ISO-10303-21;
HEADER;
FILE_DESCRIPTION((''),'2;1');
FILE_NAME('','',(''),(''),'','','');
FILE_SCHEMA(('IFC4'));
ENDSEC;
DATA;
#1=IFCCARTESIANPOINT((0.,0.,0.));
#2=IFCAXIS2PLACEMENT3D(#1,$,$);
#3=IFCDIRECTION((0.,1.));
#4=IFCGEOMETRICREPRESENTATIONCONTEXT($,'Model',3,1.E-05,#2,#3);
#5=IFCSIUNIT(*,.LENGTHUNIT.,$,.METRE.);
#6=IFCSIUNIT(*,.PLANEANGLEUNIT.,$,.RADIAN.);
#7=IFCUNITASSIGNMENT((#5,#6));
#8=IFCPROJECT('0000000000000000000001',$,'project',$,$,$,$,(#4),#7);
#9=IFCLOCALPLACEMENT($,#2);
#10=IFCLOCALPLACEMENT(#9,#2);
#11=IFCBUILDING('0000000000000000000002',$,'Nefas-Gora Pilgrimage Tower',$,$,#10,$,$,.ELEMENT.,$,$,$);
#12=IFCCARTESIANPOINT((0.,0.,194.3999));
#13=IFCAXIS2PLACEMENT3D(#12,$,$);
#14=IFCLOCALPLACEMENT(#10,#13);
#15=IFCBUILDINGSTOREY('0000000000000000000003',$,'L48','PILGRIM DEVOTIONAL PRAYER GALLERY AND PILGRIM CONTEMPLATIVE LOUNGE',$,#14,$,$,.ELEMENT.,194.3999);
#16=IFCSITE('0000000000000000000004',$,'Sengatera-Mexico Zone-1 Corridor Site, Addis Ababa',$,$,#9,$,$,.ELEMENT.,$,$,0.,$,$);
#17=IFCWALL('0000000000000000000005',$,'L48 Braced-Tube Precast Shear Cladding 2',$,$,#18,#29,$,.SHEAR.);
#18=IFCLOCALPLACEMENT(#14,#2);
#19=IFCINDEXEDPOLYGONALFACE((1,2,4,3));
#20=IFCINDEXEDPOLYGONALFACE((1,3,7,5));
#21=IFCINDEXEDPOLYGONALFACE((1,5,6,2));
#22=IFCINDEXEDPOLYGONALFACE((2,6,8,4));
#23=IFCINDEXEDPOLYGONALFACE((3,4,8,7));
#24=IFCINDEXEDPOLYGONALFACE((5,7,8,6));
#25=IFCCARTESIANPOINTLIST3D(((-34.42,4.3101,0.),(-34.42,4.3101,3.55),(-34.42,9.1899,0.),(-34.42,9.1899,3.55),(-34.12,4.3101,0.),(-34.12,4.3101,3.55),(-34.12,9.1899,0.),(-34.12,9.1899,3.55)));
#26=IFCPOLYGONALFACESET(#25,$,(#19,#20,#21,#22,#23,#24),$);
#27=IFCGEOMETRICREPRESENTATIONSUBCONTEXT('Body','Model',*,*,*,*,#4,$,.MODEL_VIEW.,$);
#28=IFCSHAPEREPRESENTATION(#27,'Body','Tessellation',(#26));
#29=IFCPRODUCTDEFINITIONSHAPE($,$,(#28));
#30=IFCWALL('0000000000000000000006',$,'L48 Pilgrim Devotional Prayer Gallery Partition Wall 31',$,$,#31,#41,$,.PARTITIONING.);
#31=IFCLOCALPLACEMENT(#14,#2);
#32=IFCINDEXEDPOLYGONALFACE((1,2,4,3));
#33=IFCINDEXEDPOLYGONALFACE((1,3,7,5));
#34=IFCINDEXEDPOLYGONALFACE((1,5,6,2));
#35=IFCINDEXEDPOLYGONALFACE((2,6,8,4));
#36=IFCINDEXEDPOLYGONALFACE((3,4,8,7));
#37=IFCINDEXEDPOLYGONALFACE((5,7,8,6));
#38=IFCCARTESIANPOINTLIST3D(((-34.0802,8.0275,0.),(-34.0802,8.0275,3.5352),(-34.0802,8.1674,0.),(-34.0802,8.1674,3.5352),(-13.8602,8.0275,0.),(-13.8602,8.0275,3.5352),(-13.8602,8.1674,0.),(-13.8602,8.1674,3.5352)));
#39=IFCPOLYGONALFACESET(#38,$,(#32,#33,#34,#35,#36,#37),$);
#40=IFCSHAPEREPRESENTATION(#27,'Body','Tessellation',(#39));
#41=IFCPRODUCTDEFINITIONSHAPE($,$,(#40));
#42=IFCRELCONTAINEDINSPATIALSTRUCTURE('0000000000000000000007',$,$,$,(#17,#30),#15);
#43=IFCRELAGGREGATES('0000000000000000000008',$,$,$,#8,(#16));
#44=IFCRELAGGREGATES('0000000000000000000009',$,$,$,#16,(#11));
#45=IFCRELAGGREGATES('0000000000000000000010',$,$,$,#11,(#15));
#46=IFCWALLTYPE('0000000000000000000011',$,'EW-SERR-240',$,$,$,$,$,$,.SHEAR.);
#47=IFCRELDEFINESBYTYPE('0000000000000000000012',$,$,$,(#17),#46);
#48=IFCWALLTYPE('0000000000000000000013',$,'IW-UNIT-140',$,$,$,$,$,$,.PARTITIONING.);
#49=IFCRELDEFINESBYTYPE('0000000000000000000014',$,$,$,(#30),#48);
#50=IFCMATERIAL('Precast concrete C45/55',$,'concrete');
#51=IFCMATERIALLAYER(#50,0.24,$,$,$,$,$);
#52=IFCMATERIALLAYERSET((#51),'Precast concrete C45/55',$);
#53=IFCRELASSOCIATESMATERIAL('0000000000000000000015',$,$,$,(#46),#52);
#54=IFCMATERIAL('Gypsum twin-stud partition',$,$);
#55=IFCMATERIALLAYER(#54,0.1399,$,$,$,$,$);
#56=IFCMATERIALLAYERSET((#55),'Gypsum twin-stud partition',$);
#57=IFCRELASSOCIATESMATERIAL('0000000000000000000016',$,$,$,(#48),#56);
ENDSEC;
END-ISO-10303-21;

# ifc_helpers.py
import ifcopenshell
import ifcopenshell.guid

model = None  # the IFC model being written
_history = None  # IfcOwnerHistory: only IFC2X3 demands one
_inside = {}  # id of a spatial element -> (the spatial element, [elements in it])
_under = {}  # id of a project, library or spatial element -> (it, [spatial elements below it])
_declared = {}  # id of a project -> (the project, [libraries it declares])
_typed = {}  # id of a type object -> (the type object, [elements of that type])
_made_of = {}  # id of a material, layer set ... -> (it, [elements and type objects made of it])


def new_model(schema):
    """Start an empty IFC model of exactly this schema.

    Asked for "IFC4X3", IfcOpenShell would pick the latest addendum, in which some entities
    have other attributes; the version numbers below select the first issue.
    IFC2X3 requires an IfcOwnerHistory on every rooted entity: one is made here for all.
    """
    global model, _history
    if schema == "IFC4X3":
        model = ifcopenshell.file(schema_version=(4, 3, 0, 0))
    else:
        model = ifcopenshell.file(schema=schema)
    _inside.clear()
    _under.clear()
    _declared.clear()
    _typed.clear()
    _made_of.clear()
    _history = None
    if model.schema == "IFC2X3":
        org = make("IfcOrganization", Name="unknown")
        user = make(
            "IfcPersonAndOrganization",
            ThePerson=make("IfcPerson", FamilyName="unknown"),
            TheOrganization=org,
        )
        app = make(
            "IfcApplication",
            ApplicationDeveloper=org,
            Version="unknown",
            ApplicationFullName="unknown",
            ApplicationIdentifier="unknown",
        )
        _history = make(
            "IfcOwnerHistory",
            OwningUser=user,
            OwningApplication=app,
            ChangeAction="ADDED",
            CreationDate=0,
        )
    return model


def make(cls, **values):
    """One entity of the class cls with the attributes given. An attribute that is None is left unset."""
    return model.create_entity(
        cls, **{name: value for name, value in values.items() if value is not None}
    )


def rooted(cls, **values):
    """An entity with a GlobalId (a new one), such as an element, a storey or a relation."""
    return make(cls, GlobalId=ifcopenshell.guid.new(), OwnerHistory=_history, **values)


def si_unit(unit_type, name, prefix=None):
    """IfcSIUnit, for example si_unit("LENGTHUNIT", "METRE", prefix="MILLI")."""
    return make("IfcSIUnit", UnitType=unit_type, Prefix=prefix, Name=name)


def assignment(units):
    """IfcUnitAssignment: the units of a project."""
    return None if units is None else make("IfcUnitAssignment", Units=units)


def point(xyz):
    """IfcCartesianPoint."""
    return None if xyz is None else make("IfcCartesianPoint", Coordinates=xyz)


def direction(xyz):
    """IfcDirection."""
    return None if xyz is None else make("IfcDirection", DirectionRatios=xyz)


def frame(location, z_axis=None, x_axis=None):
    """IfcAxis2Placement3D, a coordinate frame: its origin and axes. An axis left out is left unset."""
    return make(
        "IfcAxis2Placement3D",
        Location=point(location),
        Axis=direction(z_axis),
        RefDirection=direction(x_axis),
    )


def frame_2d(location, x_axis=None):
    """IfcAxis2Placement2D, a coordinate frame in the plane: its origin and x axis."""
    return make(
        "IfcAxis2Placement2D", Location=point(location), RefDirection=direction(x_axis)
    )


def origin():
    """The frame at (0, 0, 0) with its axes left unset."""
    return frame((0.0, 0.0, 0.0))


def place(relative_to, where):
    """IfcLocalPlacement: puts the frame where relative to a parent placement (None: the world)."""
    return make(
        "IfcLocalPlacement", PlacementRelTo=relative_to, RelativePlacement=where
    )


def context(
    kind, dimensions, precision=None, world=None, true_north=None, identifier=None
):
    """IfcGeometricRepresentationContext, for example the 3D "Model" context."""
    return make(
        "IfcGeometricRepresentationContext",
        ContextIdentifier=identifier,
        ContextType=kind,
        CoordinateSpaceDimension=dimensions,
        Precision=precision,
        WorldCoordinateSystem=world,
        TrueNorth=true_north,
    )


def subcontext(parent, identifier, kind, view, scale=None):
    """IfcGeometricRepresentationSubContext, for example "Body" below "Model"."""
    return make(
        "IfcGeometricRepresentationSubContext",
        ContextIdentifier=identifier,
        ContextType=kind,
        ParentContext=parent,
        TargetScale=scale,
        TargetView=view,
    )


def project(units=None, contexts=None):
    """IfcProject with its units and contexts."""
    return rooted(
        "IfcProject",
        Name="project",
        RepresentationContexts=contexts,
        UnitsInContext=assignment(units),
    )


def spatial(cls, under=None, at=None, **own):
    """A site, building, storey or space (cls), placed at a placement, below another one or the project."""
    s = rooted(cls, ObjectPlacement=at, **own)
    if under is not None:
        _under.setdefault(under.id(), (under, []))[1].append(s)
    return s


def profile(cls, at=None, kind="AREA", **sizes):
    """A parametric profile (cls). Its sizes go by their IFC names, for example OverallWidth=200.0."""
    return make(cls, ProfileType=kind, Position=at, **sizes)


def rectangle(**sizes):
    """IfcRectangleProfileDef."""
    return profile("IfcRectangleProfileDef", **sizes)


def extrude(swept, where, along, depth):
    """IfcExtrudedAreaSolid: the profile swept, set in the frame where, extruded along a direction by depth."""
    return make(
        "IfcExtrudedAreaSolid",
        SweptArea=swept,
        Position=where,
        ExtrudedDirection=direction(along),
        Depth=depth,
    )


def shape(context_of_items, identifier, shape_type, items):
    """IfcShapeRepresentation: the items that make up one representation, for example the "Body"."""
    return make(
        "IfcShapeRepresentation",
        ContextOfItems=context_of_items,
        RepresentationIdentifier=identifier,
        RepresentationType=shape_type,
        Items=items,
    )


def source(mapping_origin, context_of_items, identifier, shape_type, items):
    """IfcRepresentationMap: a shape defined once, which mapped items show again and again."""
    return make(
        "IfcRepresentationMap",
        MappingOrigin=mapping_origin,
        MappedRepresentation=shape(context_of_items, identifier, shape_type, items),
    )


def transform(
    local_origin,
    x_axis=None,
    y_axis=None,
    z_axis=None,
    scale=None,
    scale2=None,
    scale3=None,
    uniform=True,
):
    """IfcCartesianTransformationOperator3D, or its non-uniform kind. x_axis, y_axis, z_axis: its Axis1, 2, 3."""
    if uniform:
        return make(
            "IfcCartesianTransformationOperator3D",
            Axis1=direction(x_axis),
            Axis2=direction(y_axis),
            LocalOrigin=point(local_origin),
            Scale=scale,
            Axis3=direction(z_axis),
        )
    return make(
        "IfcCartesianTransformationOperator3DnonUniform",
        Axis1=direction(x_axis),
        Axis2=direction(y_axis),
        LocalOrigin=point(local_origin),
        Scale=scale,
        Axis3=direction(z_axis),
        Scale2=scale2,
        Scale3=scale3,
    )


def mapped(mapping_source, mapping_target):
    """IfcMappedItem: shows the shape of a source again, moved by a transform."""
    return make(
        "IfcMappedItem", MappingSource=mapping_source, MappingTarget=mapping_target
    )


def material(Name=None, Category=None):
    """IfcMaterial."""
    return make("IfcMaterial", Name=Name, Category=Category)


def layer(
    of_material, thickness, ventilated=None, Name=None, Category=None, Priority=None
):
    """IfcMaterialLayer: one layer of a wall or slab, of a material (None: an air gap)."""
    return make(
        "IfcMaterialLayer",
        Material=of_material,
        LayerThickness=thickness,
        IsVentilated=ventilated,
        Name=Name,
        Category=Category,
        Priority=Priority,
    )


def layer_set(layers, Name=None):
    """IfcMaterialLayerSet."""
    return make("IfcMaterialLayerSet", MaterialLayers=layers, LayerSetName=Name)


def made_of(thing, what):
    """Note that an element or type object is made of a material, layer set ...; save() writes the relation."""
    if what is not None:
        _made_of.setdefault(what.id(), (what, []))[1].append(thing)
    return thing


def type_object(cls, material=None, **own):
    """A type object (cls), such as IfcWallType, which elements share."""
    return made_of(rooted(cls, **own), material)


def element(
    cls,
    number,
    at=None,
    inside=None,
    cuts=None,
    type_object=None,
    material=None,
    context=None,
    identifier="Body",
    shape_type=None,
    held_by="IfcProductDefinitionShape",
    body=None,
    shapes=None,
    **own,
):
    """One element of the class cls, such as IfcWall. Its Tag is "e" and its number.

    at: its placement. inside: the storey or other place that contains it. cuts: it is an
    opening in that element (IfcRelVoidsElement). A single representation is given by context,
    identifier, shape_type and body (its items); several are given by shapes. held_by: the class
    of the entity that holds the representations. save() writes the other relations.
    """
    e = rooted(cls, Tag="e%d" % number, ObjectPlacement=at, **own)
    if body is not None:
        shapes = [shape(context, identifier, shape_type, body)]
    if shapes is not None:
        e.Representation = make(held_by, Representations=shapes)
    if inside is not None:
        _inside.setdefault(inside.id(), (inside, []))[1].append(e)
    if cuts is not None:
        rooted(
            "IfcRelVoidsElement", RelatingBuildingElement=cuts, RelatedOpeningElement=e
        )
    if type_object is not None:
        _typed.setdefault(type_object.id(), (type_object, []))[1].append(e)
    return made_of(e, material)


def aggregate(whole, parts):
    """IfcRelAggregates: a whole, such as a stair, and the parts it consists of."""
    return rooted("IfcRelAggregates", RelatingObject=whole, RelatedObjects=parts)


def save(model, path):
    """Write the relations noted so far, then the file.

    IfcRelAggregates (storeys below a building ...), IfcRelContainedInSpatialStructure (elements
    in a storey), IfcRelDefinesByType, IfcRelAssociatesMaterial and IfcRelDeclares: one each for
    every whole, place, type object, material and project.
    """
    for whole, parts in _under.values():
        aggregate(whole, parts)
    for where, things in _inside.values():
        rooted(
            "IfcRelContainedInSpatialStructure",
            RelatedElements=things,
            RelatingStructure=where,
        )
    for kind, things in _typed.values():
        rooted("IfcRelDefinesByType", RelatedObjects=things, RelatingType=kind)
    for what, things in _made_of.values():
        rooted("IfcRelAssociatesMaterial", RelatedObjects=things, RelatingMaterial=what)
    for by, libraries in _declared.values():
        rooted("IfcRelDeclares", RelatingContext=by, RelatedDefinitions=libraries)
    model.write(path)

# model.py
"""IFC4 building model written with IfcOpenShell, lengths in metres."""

from ifc_helpers import new_model, si_unit, direction, frame, frame_2d, origin, place, context, subcontext, project, spatial, rectangle, extrude, source, transform, mapped, material, layer, layer_set, type_object, element, save


model = new_model("IFC4")

# Units and contexts
model_context = context("Model", 3, precision=1e-05, world=origin(), true_north=direction((0.0, 1.0)))
body_context = subcontext(model_context, "Body", "Model", "MODEL_VIEW")
ifc_project = project(units=[si_unit("LENGTHUNIT", "METRE"), si_unit("PLANEANGLEUNIT", "RADIAN")], contexts=[model_context])

# Site, building, storey
site_placement = place(None, origin())
site = spatial("IfcSite", under=ifc_project, at=site_placement, Name="Sengatera-Mexico Zone-1 Corridor Site, Addis Ababa", CompositionType="ELEMENT", RefElevation=0.0)
building_placement = place(site_placement, origin())
building = spatial("IfcBuilding", under=site, at=building_placement, Name="Nefas-Gora Pilgrimage Tower", CompositionType="ELEMENT")
storey_placement = place(building_placement, frame((0.0, 0.0, 194.3999)))
storey = spatial("IfcBuildingStorey", under=building, at=storey_placement, Name="L48", Description="PILGRIM DEVOTIONAL PRAYER GALLERY AND PILGRIM CONTEMPLATIVE LOUNGE", CompositionType="ELEMENT", Elevation=194.3999)

# Walls
ifc_material_1 = material(Name="Precast concrete C45/55", Category="concrete")
ifc_layer_1 = layer(ifc_material_1, 0.24)
ifc_layer_set_1 = layer_set([ifc_layer_1], Name="Precast concrete C45/55")
wall_type_1 = type_object("IfcWallType", Name="EW-SERR-240", PredefinedType="SHEAR", material=ifc_layer_set_1)
shared_shape_1 = source(origin(), body_context, "Body", "SweptSolid", [
    extrude(rectangle(XDim=4.8799, YDim=0.3, at=frame_2d((2.4399, 0.0))), origin(), (0.0, 0.0, 1.0), 3.55),
])
wall_1_placement = place(storey_placement, frame((-34.27, 4.3101, 0.0), z_axis=(0.0, 0.0, 1.0), x_axis=(0.0, 1.0, 0.0)))
element("IfcWall", 1, at=wall_1_placement, inside=storey, type_object=wall_type_1, Name="L48 Braced-Tube Precast Shear Cladding 2", PredefinedType="SHEAR", context=body_context, shape_type="MappedRepresentation", body=[
    mapped(shared_shape_1, transform((0.0, 0.0, 0.0), x_axis=(1.0, 0.0, 0.0), y_axis=(0.0, 1.0, 0.0), z_axis=(0.0, 0.0, 1.0), scale=1.0)),
])
ifc_material_2 = material(Name="Gypsum twin-stud partition")
ifc_layer_2 = layer(ifc_material_2, 0.1399)
ifc_layer_set_2 = layer_set([ifc_layer_2], Name="Gypsum twin-stud partition")
wall_type_2 = type_object("IfcWallType", Name="IW-UNIT-140", PredefinedType="PARTITIONING", material=ifc_layer_set_2)
shared_shape_2 = source(origin(), body_context, "Body", "SweptSolid", [
    extrude(rectangle(XDim=20.22, YDim=0.1399, at=frame_2d((10.1099, 0.0))), origin(), (0.0, 0.0, 1.0), 3.5352),
])
wall_2_placement = place(storey_placement, frame((-34.0801, 8.0974, 0.0), z_axis=(0.0, 0.0, 1.0), x_axis=(1.0, 0.0, 0.0)))
element("IfcWall", 2, at=wall_2_placement, inside=storey, type_object=wall_type_2, Name="L48 Pilgrim Devotional Prayer Gallery Partition Wall 31", PredefinedType="PARTITIONING", context=body_context, shape_type="MappedRepresentation", body=[
    mapped(shared_shape_2, transform((0.0, 0.0, 0.0), x_axis=(1.0, 0.0, 0.0), y_axis=(0.0, 1.0, 0.0), z_axis=(0.0, 0.0, 1.0), scale=1.0)),
])

save(model, "model.ifc")
